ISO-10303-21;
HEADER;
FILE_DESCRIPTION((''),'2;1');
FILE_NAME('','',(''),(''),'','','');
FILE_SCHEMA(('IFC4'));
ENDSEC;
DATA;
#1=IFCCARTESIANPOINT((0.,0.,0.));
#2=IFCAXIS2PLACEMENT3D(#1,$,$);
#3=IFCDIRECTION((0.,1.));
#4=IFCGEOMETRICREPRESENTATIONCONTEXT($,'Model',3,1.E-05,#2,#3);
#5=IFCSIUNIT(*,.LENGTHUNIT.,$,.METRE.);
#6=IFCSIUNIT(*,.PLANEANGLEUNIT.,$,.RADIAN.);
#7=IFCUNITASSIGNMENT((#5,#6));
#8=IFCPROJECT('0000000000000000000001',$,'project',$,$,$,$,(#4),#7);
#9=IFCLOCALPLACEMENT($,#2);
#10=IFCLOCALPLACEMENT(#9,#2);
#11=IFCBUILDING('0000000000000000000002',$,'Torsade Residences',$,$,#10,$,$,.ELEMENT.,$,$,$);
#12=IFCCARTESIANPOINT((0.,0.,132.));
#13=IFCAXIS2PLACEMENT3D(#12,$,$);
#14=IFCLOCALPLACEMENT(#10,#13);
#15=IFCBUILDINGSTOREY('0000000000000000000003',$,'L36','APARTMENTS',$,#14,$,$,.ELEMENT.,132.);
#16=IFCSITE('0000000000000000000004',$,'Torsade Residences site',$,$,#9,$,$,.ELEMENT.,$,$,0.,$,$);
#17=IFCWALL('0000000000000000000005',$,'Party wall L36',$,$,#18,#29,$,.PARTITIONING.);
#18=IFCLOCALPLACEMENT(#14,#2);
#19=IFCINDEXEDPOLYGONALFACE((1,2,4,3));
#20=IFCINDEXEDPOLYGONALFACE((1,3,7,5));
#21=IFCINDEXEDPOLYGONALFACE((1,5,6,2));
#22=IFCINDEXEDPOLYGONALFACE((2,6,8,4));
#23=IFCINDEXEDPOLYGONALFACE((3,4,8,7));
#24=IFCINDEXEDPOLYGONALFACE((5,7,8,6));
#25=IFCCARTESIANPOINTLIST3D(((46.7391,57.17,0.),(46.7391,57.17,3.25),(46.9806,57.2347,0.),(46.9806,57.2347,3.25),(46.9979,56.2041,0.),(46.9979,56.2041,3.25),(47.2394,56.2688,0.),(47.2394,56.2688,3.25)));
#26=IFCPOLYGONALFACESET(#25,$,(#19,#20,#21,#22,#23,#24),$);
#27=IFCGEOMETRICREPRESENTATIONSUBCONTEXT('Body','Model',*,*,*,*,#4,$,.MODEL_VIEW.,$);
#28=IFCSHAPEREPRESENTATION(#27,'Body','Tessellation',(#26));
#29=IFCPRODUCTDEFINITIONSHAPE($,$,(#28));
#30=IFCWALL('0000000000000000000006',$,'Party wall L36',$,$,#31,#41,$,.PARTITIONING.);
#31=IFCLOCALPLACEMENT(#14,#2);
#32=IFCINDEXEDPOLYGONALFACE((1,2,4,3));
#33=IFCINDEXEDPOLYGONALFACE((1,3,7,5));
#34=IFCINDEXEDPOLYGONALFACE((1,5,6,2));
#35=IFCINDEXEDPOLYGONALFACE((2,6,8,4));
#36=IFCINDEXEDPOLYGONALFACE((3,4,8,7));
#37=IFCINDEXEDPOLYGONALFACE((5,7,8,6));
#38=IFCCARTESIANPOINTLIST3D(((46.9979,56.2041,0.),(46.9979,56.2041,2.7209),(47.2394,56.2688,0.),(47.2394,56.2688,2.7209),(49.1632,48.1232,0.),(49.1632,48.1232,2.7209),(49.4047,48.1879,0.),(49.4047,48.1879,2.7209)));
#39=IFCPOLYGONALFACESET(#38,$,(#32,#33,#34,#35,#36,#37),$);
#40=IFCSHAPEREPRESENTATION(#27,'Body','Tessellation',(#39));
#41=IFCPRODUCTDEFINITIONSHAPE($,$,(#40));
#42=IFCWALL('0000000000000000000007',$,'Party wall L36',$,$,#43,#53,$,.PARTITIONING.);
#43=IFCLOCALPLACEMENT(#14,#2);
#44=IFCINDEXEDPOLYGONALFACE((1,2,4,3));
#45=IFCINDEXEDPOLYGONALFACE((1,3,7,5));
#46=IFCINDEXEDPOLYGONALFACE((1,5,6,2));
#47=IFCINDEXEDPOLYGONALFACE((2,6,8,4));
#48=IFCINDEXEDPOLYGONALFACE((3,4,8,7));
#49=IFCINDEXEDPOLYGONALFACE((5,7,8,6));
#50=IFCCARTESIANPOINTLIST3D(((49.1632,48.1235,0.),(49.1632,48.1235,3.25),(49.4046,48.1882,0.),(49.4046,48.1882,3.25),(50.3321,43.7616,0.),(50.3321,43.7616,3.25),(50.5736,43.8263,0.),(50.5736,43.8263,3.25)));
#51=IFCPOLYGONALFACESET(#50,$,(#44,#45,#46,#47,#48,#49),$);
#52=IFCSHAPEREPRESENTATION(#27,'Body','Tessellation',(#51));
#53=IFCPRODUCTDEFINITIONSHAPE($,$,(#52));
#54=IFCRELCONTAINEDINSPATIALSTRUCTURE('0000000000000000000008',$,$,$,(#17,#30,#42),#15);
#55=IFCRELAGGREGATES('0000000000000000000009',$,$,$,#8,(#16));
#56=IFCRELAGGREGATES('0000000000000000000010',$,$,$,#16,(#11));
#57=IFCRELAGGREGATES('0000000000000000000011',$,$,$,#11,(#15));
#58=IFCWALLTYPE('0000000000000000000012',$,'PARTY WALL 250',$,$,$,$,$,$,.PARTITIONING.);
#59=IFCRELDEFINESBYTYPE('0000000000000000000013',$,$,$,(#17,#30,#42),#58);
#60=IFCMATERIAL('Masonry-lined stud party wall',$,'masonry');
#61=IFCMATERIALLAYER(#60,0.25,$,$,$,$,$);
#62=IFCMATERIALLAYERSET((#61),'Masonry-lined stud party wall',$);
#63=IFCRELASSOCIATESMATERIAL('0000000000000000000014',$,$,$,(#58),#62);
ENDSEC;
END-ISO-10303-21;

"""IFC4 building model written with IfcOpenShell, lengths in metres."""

from ifc_helpers import new_model, si_unit, direction, frame, frame_2d, origin, place, context, subcontext, project, spatial, rectangle, extrude, material, layer, layer_set, type_object, element, save


model = new_model("IFC4")

# Units and contexts
model_context = context("Model", 3, precision=1e-05, world=origin(), true_north=direction((0.0, 1.0)))
body_context = subcontext(model_context, "Body", "Model", "MODEL_VIEW")
ifc_project = project(units=[si_unit("LENGTHUNIT", "METRE"), si_unit("PLANEANGLEUNIT", "RADIAN")], contexts=[model_context])

# Site, building, storey
site_placement = place(None, origin())
site = spatial("IfcSite", under=ifc_project, at=site_placement, Name="Torsade Residences site", CompositionType="ELEMENT", RefElevation=0.0)
building_placement = place(site_placement, origin())
building = spatial("IfcBuilding", under=site, at=building_placement, Name="Torsade Residences", CompositionType="ELEMENT")
storey_placement = place(building_placement, frame((0.0, 0.0, 132.0)))
storey = spatial("IfcBuildingStorey", under=building, at=storey_placement, Name="L36", Description="APARTMENTS", CompositionType="ELEMENT", Elevation=132.0)

# Walls
ifc_material_1 = material(Name="Masonry-lined stud party wall", Category="masonry")
ifc_layer_1 = layer(ifc_material_1, 0.25)
ifc_layer_set_1 = layer_set([ifc_layer_1], Name="Masonry-lined stud party wall")
wall_type_1 = type_object("IfcWallType", Name="PARTY WALL 250", PredefinedType="PARTITIONING", material=ifc_layer_set_1)
wall_1_placement = place(storey_placement, frame((46.8599, 57.2024, 0.0), z_axis=(0.0, 0.0, 1.0), x_axis=(0.258817, -0.965926, 0.0)))
element("IfcWall", 1, at=wall_1_placement, inside=storey, type_object=wall_type_1, Name="Party wall L36", PredefinedType="PARTITIONING", context=body_context, shape_type="SweptSolid", body=[
    extrude(rectangle(XDim=1.0, YDim=0.25, at=frame_2d((0.5, 0.0))), origin(), (0.0, 0.0, 1.0), 3.25),
])
wall_2_placement = place(storey_placement, frame((47.1187, 56.2366, 0.0), z_axis=(0.0, 0.0, 1.0), x_axis=(0.258823, -0.965925, 0.0)))
element("IfcWall", 2, at=wall_2_placement, inside=storey, type_object=wall_type_1, Name="Party wall L36", PredefinedType="PARTITIONING", context=body_context, shape_type="SweptSolid", body=[
    extrude(rectangle(XDim=8.366, YDim=0.25, at=frame_2d((4.1831, 0.0))), origin(), (0.0, 0.0, 1.0), 2.7209),
])
wall_3_placement = place(storey_placement, frame((49.2839, 48.1558, 0.0), z_axis=(0.0, 0.0, 1.0), x_axis=(0.258847, -0.965918, 0.0)))
element("IfcWall", 3, at=wall_3_placement, inside=storey, type_object=wall_type_1, Name="Party wall L36", PredefinedType="PARTITIONING", context=body_context, shape_type="SweptSolid", body=[
    extrude(rectangle(XDim=4.5159, YDim=0.25, at=frame_2d((2.2578, 0.0))), origin(), (0.0, 0.0, 1.0), 3.25),
])

save(model, "model.ifc")
